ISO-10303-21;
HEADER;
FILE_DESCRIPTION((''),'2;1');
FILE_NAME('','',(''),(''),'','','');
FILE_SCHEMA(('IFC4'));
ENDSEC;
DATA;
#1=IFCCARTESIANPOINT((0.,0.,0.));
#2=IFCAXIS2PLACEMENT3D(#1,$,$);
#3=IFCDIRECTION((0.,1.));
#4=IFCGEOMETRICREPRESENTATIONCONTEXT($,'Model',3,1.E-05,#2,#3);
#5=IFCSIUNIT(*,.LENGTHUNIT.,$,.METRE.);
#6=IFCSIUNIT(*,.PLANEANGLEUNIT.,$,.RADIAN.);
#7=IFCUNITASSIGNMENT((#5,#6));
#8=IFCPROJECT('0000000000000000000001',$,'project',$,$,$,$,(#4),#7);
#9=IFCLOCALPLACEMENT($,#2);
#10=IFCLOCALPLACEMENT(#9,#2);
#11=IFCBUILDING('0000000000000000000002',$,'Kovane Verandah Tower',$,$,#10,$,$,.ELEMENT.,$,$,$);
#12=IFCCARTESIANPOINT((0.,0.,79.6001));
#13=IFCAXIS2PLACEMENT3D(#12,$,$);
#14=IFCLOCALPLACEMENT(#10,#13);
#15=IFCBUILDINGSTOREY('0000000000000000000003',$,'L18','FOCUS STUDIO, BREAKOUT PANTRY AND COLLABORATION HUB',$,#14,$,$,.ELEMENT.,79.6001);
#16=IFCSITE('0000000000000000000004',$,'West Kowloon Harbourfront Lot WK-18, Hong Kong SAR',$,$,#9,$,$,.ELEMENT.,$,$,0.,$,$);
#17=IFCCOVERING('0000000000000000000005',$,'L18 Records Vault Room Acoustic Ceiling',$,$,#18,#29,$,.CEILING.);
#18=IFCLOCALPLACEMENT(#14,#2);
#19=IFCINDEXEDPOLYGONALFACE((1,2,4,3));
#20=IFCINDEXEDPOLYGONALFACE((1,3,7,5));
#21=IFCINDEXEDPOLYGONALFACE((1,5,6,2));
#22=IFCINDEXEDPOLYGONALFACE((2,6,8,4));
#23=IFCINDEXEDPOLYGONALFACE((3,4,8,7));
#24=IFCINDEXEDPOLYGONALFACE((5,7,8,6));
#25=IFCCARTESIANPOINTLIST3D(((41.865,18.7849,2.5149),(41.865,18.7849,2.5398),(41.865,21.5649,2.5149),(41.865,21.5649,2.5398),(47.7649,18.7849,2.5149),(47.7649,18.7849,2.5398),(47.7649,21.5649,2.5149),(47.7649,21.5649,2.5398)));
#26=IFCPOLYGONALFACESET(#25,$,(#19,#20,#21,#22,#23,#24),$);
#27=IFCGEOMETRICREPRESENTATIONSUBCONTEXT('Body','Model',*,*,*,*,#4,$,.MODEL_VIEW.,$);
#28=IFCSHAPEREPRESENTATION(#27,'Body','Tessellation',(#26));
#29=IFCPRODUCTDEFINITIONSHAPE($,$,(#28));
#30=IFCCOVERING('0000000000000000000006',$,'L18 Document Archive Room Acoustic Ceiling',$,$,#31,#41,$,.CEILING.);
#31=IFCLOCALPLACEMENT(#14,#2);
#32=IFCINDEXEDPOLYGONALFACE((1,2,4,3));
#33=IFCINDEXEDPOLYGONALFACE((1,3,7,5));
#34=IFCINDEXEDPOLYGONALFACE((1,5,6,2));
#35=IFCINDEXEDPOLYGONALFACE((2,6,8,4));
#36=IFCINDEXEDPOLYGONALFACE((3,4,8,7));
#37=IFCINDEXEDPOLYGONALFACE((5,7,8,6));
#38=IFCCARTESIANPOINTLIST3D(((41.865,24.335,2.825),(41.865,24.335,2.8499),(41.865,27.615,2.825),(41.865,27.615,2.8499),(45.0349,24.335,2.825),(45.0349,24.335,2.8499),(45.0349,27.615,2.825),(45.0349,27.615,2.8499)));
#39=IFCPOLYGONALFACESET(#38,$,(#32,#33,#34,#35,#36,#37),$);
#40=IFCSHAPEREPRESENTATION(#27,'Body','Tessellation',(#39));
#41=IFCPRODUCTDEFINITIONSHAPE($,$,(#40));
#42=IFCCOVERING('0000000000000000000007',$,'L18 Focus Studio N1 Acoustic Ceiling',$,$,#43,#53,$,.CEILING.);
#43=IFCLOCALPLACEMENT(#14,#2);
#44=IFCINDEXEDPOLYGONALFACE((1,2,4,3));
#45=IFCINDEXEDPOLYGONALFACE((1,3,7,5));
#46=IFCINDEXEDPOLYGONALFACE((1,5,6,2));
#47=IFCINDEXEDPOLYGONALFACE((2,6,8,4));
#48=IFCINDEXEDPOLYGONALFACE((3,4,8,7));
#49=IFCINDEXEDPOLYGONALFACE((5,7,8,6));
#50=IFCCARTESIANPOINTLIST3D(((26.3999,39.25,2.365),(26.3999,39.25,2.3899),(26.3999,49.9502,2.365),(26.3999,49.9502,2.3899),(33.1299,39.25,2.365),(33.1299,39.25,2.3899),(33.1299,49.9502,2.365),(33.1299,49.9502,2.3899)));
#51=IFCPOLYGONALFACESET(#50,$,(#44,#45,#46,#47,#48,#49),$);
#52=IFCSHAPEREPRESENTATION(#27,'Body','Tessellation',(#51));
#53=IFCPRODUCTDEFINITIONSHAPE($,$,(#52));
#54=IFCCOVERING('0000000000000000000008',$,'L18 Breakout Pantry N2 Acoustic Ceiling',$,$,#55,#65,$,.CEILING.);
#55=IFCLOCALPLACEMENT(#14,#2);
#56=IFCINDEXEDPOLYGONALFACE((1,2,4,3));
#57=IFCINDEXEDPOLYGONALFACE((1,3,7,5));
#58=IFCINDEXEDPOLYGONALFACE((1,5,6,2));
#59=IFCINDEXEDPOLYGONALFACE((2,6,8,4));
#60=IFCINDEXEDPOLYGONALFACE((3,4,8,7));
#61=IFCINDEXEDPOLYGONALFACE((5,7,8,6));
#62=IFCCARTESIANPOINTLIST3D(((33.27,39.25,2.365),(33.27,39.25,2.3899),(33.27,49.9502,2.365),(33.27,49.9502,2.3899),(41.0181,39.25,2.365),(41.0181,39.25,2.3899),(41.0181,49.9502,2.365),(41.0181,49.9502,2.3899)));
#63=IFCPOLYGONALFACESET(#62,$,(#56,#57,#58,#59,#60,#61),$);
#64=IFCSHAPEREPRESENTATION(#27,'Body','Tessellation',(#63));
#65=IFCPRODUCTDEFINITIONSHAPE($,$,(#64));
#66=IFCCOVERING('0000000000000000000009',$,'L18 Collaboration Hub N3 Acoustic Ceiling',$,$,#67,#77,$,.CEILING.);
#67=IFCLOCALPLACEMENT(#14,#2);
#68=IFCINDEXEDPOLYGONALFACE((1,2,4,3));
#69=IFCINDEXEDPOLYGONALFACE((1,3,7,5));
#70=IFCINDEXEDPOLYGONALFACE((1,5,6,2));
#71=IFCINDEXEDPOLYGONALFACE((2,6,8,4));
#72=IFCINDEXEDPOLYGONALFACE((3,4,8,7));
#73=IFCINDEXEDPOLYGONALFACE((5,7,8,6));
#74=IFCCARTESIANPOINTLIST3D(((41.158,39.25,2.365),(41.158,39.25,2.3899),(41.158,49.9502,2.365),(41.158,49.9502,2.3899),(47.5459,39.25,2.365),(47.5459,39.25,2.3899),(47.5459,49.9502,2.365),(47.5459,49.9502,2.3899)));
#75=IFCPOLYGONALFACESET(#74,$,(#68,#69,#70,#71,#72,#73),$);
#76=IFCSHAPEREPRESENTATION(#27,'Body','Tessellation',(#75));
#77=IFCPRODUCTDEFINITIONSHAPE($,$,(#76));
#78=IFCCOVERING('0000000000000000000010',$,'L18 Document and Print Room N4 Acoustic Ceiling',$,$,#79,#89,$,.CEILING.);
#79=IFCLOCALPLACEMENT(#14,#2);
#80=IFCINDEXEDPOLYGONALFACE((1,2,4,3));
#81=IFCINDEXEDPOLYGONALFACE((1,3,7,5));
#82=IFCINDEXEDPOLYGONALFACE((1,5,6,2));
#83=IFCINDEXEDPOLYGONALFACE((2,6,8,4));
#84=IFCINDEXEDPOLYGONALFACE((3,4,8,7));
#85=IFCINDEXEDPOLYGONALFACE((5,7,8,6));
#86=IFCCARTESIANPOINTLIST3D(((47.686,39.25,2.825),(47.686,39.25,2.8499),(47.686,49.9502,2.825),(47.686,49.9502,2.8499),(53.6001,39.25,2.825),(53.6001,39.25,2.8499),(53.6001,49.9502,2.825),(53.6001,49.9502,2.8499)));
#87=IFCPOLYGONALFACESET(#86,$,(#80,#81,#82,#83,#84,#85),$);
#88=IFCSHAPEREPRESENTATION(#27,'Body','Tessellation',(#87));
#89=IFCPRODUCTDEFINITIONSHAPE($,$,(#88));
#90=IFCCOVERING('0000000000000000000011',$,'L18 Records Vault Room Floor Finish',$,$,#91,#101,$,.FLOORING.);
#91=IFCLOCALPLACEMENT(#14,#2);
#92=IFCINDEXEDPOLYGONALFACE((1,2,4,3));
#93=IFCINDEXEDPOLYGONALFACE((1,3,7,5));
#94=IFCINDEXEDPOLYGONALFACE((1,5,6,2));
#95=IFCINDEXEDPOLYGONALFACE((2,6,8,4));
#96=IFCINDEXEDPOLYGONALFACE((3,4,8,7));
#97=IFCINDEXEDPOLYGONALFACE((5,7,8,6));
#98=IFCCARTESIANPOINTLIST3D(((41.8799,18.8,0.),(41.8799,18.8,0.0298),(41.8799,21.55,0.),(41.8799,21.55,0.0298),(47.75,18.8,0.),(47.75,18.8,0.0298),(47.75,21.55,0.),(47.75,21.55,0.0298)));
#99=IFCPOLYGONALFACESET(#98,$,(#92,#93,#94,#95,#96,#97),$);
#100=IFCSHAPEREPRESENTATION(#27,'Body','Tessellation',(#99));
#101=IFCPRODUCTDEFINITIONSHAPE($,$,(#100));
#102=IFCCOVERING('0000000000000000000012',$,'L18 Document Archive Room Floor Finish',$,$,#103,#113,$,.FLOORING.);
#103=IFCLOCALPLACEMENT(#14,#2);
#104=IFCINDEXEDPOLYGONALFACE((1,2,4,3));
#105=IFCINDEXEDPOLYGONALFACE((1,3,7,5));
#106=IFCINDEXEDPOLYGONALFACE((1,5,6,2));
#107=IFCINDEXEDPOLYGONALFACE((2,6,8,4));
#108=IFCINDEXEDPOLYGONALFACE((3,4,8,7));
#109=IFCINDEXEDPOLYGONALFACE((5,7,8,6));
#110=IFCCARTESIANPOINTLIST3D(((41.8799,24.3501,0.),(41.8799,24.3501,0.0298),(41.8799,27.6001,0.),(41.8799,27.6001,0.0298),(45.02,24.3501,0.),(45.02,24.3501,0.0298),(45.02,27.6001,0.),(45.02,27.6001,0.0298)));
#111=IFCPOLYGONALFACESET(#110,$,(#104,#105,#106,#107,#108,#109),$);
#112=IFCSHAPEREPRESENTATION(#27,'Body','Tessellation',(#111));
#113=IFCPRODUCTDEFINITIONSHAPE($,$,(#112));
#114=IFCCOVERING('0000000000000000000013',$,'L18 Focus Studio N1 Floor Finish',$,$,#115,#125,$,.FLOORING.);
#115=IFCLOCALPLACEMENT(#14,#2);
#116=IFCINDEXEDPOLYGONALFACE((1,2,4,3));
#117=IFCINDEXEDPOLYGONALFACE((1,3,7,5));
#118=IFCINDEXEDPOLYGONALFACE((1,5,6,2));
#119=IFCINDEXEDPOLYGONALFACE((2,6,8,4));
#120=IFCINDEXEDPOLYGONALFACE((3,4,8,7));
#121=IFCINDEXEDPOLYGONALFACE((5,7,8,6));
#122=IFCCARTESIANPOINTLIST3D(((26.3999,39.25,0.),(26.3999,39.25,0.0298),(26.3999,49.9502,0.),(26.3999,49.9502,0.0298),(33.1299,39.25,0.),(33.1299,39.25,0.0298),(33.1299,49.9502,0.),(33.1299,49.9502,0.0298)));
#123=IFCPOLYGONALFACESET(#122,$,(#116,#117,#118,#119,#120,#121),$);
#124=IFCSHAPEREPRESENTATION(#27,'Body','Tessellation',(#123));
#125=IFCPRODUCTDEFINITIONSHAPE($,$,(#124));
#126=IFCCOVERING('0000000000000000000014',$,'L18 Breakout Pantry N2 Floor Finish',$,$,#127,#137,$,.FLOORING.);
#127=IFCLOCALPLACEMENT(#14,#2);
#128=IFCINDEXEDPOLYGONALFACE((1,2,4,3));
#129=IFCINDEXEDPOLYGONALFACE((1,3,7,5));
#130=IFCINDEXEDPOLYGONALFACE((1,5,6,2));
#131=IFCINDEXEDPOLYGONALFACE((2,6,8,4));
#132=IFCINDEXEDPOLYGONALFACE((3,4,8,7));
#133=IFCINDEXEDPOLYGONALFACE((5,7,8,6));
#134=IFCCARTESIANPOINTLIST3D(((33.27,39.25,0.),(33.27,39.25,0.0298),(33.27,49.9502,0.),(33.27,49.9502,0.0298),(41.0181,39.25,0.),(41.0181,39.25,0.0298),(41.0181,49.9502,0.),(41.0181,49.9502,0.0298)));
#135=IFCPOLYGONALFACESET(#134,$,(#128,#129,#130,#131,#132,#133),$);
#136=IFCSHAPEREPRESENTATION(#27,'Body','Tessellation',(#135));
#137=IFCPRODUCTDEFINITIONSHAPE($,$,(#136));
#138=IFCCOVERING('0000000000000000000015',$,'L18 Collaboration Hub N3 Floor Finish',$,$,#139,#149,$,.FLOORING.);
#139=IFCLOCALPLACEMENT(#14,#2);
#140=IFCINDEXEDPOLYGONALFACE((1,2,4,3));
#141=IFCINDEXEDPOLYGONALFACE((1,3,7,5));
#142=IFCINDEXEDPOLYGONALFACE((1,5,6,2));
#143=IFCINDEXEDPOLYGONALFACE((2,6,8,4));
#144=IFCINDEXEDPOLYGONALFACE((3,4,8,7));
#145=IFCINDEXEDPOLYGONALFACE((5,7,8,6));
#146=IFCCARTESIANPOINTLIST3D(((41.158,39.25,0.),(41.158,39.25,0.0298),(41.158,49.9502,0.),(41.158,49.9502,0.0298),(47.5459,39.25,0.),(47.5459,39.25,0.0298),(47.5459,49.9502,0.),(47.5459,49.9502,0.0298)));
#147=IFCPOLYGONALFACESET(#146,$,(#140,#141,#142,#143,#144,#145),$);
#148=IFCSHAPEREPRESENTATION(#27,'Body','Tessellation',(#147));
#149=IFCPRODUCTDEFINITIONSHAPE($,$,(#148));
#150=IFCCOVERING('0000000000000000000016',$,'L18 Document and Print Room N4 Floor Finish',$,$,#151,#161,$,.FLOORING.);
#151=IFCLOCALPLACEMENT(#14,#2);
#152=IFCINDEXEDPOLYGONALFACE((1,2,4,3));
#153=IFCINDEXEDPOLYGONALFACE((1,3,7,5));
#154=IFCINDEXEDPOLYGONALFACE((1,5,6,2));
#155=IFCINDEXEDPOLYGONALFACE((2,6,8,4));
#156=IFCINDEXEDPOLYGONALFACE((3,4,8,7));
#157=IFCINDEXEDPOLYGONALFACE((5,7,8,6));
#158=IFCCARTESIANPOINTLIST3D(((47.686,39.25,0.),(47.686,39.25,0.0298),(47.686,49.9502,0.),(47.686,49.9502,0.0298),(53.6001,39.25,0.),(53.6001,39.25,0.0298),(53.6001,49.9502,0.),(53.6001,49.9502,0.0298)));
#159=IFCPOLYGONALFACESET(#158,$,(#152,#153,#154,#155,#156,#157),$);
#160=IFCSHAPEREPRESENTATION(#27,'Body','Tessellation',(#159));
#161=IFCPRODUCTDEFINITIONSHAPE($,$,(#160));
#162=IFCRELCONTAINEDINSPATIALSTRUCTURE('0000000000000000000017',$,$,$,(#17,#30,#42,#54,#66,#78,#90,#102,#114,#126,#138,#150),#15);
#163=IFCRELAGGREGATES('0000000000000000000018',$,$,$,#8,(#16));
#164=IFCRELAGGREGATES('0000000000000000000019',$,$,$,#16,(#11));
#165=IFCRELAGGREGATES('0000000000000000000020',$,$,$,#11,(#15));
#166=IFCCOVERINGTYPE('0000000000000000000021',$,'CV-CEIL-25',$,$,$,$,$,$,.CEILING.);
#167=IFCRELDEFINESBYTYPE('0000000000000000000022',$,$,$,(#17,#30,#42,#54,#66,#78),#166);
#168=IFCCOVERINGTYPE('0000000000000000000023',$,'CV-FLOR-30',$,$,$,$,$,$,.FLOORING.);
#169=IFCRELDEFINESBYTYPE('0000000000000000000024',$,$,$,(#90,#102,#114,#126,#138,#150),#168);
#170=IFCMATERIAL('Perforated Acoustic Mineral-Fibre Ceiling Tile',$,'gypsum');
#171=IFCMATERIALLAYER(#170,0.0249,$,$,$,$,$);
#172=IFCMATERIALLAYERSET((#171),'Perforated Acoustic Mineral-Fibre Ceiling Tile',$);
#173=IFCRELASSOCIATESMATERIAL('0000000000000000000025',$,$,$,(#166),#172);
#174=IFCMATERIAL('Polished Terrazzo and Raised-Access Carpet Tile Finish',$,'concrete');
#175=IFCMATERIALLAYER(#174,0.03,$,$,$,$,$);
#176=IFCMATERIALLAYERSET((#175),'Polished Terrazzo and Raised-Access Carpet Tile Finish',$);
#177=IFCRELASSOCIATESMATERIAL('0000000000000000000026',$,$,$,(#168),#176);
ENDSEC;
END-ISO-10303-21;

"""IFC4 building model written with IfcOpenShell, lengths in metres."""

from ifc_helpers import new_model, si_unit, direction, frame, origin, place, context, subcontext, project, spatial, polyline, outline, extrude, material, layer, layer_set, type_object, element, save


model = new_model("IFC4")

# Units and contexts
model_context = context("Model", 3, precision=1e-05, world=origin(), true_north=direction((0.0, 1.0)))
body_context = subcontext(model_context, "Body", "Model", "MODEL_VIEW")
ifc_project = project(units=[si_unit("LENGTHUNIT", "METRE"), si_unit("PLANEANGLEUNIT", "RADIAN")], contexts=[model_context])

# Site, building, storey
site_placement = place(None, origin())
site = spatial("IfcSite", under=ifc_project, at=site_placement, Name="West Kowloon Harbourfront Lot WK-18, Hong Kong SAR", CompositionType="ELEMENT", RefElevation=0.0)
building_placement = place(site_placement, origin())
building = spatial("IfcBuilding", under=site, at=building_placement, Name="Kovane Verandah Tower", CompositionType="ELEMENT")
storey_placement = place(building_placement, frame((0.0, 0.0, 79.6001)))
storey = spatial("IfcBuildingStorey", under=building, at=storey_placement, Name="L18", Description="FOCUS STUDIO, BREAKOUT PANTRY AND COLLABORATION HUB", CompositionType="ELEMENT", Elevation=79.6001)

# Coverings
ifc_material_1 = material(Name="Perforated Acoustic Mineral-Fibre Ceiling Tile", Category="gypsum")
ifc_layer_1 = layer(ifc_material_1, 0.0249)
ifc_layer_set_1 = layer_set([ifc_layer_1], Name="Perforated Acoustic Mineral-Fibre Ceiling Tile")
covering_type_1 = type_object("IfcCoveringType", Name="CV-CEIL-25", PredefinedType="CEILING", material=ifc_layer_set_1)
covering_1_placement = place(storey_placement, frame((0.0, 0.0, 2.5149)))
element("IfcCovering", 1, at=covering_1_placement, inside=storey, type_object=covering_type_1, Name="L18 Records Vault Room Acoustic Ceiling", PredefinedType="CEILING", context=body_context, shape_type="SweptSolid", body=[
    extrude(outline(polyline([(41.865, 18.7849), (47.7649, 18.7849), (47.7649, 21.5649), (41.865, 21.5649), (41.865, 18.7849)])), origin(), (0.0, 0.0, 1.0), 0.0249),
])
covering_2_placement = place(storey_placement, frame((0.0, 0.0, 2.825)))
element("IfcCovering", 2, at=covering_2_placement, inside=storey, type_object=covering_type_1, Name="L18 Document Archive Room Acoustic Ceiling", PredefinedType="CEILING", context=body_context, shape_type="SweptSolid", body=[
    extrude(outline(polyline([(41.865, 24.335), (45.0349, 24.335), (45.0349, 27.615), (41.865, 27.615), (41.865, 24.335)])), origin(), (0.0, 0.0, 1.0), 0.0249),
])
covering_3_placement = place(storey_placement, frame((0.0, 0.0, 2.365)))
element("IfcCovering", 3, at=covering_3_placement, inside=storey, type_object=covering_type_1, Name="L18 Focus Studio N1 Acoustic Ceiling", PredefinedType="CEILING", context=body_context, shape_type="SweptSolid", body=[
    extrude(outline(polyline([(26.3999, 39.25), (33.1299, 39.25), (33.1299, 49.9502), (26.3999, 49.9502), (26.3999, 39.25)])), origin(), (0.0, 0.0, 1.0), 0.0249),
])
covering_4_placement = place(storey_placement, frame((0.0, 0.0, 2.365)))
element("IfcCovering", 4, at=covering_4_placement, inside=storey, type_object=covering_type_1, Name="L18 Breakout Pantry N2 Acoustic Ceiling", PredefinedType="CEILING", context=body_context, shape_type="SweptSolid", body=[
    extrude(outline(polyline([(33.27, 39.25), (41.0181, 39.25), (41.0181, 49.9502), (33.27, 49.9502), (33.27, 39.25)])), origin(), (0.0, 0.0, 1.0), 0.0249),
])
covering_5_placement = place(storey_placement, frame((0.0, 0.0, 2.365)))
element("IfcCovering", 5, at=covering_5_placement, inside=storey, type_object=covering_type_1, Name="L18 Collaboration Hub N3 Acoustic Ceiling", PredefinedType="CEILING", context=body_context, shape_type="SweptSolid", body=[
    extrude(outline(polyline([(41.158, 39.25), (47.5459, 39.25), (47.5459, 49.9502), (41.158, 49.9502), (41.158, 39.25)])), origin(), (0.0, 0.0, 1.0), 0.0249),
])
covering_6_placement = place(storey_placement, frame((0.0, 0.0, 2.825)))
element("IfcCovering", 6, at=covering_6_placement, inside=storey, type_object=covering_type_1, Name="L18 Document and Print Room N4 Acoustic Ceiling", PredefinedType="CEILING", context=body_context, shape_type="SweptSolid", body=[
    extrude(outline(polyline([(47.686, 39.25), (53.6001, 39.25), (53.6001, 49.9502), (47.686, 49.9502), (47.686, 39.25)])), origin(), (0.0, 0.0, 1.0), 0.0249),
])
ifc_material_2 = material(Name="Polished Terrazzo and Raised-Access Carpet Tile Finish", Category="concrete")
ifc_layer_2 = layer(ifc_material_2, 0.03)
ifc_layer_set_2 = layer_set([ifc_layer_2], Name="Polished Terrazzo and Raised-Access Carpet Tile Finish")
covering_type_2 = type_object("IfcCoveringType", Name="CV-FLOR-30", PredefinedType="FLOORING", material=ifc_layer_set_2)
covering_7_placement = place(storey_placement, origin())
element("IfcCovering", 7, at=covering_7_placement, inside=storey, type_object=covering_type_2, Name="L18 Records Vault Room Floor Finish", PredefinedType="FLOORING", context=body_context, shape_type="SweptSolid", body=[
    extrude(outline(polyline([(41.8799, 18.8), (47.75, 18.8), (47.75, 21.55), (41.8799, 21.55), (41.8799, 18.8)])), origin(), (0.0, 0.0, 1.0), 0.0298),
])
covering_8_placement = place(storey_placement, origin())
element("IfcCovering", 8, at=covering_8_placement, inside=storey, type_object=covering_type_2, Name="L18 Document Archive Room Floor Finish", PredefinedType="FLOORING", context=body_context, shape_type="SweptSolid", body=[
    extrude(outline(polyline([(41.8799, 24.3501), (45.02, 24.3501), (45.02, 27.6001), (41.8799, 27.6001), (41.8799, 24.3501)])), origin(), (0.0, 0.0, 1.0), 0.0298),
])
covering_9_placement = place(storey_placement, origin())
element("IfcCovering", 9, at=covering_9_placement, inside=storey, type_object=covering_type_2, Name="L18 Focus Studio N1 Floor Finish", PredefinedType="FLOORING", context=body_context, shape_type="SweptSolid", body=[
    extrude(outline(polyline([(26.3999, 39.25), (33.1299, 39.25), (33.1299, 49.9502), (26.3999, 49.9502), (26.3999, 39.25)])), origin(), (0.0, 0.0, 1.0), 0.0298),
])
covering_10_placement = place(storey_placement, origin())
element("IfcCovering", 10, at=covering_10_placement, inside=storey, type_object=covering_type_2, Name="L18 Breakout Pantry N2 Floor Finish", PredefinedType="FLOORING", context=body_context, shape_type="SweptSolid", body=[
    extrude(outline(polyline([(33.27, 39.25), (41.0181, 39.25), (41.0181, 49.9502), (33.27, 49.9502), (33.27, 39.25)])), origin(), (0.0, 0.0, 1.0), 0.0298),
])
covering_11_placement = place(storey_placement, origin())
element("IfcCovering", 11, at=covering_11_placement, inside=storey, type_object=covering_type_2, Name="L18 Collaboration Hub N3 Floor Finish", PredefinedType="FLOORING", context=body_context, shape_type="SweptSolid", body=[
    extrude(outline(polyline([(41.158, 39.25), (47.5459, 39.25), (47.5459, 49.9502), (41.158, 49.9502), (41.158, 39.25)])), origin(), (0.0, 0.0, 1.0), 0.0298),
])
covering_12_placement = place(storey_placement, origin())
element("IfcCovering", 12, at=covering_12_placement, inside=storey, type_object=covering_type_2, Name="L18 Document and Print Room N4 Floor Finish", PredefinedType="FLOORING", context=body_context, shape_type="SweptSolid", body=[
    extrude(outline(polyline([(47.686, 39.25), (53.6001, 39.25), (53.6001, 49.9502), (47.686, 49.9502), (47.686, 39.25)])), origin(), (0.0, 0.0, 1.0), 0.0298),
])

save(model, "model.ifc")
